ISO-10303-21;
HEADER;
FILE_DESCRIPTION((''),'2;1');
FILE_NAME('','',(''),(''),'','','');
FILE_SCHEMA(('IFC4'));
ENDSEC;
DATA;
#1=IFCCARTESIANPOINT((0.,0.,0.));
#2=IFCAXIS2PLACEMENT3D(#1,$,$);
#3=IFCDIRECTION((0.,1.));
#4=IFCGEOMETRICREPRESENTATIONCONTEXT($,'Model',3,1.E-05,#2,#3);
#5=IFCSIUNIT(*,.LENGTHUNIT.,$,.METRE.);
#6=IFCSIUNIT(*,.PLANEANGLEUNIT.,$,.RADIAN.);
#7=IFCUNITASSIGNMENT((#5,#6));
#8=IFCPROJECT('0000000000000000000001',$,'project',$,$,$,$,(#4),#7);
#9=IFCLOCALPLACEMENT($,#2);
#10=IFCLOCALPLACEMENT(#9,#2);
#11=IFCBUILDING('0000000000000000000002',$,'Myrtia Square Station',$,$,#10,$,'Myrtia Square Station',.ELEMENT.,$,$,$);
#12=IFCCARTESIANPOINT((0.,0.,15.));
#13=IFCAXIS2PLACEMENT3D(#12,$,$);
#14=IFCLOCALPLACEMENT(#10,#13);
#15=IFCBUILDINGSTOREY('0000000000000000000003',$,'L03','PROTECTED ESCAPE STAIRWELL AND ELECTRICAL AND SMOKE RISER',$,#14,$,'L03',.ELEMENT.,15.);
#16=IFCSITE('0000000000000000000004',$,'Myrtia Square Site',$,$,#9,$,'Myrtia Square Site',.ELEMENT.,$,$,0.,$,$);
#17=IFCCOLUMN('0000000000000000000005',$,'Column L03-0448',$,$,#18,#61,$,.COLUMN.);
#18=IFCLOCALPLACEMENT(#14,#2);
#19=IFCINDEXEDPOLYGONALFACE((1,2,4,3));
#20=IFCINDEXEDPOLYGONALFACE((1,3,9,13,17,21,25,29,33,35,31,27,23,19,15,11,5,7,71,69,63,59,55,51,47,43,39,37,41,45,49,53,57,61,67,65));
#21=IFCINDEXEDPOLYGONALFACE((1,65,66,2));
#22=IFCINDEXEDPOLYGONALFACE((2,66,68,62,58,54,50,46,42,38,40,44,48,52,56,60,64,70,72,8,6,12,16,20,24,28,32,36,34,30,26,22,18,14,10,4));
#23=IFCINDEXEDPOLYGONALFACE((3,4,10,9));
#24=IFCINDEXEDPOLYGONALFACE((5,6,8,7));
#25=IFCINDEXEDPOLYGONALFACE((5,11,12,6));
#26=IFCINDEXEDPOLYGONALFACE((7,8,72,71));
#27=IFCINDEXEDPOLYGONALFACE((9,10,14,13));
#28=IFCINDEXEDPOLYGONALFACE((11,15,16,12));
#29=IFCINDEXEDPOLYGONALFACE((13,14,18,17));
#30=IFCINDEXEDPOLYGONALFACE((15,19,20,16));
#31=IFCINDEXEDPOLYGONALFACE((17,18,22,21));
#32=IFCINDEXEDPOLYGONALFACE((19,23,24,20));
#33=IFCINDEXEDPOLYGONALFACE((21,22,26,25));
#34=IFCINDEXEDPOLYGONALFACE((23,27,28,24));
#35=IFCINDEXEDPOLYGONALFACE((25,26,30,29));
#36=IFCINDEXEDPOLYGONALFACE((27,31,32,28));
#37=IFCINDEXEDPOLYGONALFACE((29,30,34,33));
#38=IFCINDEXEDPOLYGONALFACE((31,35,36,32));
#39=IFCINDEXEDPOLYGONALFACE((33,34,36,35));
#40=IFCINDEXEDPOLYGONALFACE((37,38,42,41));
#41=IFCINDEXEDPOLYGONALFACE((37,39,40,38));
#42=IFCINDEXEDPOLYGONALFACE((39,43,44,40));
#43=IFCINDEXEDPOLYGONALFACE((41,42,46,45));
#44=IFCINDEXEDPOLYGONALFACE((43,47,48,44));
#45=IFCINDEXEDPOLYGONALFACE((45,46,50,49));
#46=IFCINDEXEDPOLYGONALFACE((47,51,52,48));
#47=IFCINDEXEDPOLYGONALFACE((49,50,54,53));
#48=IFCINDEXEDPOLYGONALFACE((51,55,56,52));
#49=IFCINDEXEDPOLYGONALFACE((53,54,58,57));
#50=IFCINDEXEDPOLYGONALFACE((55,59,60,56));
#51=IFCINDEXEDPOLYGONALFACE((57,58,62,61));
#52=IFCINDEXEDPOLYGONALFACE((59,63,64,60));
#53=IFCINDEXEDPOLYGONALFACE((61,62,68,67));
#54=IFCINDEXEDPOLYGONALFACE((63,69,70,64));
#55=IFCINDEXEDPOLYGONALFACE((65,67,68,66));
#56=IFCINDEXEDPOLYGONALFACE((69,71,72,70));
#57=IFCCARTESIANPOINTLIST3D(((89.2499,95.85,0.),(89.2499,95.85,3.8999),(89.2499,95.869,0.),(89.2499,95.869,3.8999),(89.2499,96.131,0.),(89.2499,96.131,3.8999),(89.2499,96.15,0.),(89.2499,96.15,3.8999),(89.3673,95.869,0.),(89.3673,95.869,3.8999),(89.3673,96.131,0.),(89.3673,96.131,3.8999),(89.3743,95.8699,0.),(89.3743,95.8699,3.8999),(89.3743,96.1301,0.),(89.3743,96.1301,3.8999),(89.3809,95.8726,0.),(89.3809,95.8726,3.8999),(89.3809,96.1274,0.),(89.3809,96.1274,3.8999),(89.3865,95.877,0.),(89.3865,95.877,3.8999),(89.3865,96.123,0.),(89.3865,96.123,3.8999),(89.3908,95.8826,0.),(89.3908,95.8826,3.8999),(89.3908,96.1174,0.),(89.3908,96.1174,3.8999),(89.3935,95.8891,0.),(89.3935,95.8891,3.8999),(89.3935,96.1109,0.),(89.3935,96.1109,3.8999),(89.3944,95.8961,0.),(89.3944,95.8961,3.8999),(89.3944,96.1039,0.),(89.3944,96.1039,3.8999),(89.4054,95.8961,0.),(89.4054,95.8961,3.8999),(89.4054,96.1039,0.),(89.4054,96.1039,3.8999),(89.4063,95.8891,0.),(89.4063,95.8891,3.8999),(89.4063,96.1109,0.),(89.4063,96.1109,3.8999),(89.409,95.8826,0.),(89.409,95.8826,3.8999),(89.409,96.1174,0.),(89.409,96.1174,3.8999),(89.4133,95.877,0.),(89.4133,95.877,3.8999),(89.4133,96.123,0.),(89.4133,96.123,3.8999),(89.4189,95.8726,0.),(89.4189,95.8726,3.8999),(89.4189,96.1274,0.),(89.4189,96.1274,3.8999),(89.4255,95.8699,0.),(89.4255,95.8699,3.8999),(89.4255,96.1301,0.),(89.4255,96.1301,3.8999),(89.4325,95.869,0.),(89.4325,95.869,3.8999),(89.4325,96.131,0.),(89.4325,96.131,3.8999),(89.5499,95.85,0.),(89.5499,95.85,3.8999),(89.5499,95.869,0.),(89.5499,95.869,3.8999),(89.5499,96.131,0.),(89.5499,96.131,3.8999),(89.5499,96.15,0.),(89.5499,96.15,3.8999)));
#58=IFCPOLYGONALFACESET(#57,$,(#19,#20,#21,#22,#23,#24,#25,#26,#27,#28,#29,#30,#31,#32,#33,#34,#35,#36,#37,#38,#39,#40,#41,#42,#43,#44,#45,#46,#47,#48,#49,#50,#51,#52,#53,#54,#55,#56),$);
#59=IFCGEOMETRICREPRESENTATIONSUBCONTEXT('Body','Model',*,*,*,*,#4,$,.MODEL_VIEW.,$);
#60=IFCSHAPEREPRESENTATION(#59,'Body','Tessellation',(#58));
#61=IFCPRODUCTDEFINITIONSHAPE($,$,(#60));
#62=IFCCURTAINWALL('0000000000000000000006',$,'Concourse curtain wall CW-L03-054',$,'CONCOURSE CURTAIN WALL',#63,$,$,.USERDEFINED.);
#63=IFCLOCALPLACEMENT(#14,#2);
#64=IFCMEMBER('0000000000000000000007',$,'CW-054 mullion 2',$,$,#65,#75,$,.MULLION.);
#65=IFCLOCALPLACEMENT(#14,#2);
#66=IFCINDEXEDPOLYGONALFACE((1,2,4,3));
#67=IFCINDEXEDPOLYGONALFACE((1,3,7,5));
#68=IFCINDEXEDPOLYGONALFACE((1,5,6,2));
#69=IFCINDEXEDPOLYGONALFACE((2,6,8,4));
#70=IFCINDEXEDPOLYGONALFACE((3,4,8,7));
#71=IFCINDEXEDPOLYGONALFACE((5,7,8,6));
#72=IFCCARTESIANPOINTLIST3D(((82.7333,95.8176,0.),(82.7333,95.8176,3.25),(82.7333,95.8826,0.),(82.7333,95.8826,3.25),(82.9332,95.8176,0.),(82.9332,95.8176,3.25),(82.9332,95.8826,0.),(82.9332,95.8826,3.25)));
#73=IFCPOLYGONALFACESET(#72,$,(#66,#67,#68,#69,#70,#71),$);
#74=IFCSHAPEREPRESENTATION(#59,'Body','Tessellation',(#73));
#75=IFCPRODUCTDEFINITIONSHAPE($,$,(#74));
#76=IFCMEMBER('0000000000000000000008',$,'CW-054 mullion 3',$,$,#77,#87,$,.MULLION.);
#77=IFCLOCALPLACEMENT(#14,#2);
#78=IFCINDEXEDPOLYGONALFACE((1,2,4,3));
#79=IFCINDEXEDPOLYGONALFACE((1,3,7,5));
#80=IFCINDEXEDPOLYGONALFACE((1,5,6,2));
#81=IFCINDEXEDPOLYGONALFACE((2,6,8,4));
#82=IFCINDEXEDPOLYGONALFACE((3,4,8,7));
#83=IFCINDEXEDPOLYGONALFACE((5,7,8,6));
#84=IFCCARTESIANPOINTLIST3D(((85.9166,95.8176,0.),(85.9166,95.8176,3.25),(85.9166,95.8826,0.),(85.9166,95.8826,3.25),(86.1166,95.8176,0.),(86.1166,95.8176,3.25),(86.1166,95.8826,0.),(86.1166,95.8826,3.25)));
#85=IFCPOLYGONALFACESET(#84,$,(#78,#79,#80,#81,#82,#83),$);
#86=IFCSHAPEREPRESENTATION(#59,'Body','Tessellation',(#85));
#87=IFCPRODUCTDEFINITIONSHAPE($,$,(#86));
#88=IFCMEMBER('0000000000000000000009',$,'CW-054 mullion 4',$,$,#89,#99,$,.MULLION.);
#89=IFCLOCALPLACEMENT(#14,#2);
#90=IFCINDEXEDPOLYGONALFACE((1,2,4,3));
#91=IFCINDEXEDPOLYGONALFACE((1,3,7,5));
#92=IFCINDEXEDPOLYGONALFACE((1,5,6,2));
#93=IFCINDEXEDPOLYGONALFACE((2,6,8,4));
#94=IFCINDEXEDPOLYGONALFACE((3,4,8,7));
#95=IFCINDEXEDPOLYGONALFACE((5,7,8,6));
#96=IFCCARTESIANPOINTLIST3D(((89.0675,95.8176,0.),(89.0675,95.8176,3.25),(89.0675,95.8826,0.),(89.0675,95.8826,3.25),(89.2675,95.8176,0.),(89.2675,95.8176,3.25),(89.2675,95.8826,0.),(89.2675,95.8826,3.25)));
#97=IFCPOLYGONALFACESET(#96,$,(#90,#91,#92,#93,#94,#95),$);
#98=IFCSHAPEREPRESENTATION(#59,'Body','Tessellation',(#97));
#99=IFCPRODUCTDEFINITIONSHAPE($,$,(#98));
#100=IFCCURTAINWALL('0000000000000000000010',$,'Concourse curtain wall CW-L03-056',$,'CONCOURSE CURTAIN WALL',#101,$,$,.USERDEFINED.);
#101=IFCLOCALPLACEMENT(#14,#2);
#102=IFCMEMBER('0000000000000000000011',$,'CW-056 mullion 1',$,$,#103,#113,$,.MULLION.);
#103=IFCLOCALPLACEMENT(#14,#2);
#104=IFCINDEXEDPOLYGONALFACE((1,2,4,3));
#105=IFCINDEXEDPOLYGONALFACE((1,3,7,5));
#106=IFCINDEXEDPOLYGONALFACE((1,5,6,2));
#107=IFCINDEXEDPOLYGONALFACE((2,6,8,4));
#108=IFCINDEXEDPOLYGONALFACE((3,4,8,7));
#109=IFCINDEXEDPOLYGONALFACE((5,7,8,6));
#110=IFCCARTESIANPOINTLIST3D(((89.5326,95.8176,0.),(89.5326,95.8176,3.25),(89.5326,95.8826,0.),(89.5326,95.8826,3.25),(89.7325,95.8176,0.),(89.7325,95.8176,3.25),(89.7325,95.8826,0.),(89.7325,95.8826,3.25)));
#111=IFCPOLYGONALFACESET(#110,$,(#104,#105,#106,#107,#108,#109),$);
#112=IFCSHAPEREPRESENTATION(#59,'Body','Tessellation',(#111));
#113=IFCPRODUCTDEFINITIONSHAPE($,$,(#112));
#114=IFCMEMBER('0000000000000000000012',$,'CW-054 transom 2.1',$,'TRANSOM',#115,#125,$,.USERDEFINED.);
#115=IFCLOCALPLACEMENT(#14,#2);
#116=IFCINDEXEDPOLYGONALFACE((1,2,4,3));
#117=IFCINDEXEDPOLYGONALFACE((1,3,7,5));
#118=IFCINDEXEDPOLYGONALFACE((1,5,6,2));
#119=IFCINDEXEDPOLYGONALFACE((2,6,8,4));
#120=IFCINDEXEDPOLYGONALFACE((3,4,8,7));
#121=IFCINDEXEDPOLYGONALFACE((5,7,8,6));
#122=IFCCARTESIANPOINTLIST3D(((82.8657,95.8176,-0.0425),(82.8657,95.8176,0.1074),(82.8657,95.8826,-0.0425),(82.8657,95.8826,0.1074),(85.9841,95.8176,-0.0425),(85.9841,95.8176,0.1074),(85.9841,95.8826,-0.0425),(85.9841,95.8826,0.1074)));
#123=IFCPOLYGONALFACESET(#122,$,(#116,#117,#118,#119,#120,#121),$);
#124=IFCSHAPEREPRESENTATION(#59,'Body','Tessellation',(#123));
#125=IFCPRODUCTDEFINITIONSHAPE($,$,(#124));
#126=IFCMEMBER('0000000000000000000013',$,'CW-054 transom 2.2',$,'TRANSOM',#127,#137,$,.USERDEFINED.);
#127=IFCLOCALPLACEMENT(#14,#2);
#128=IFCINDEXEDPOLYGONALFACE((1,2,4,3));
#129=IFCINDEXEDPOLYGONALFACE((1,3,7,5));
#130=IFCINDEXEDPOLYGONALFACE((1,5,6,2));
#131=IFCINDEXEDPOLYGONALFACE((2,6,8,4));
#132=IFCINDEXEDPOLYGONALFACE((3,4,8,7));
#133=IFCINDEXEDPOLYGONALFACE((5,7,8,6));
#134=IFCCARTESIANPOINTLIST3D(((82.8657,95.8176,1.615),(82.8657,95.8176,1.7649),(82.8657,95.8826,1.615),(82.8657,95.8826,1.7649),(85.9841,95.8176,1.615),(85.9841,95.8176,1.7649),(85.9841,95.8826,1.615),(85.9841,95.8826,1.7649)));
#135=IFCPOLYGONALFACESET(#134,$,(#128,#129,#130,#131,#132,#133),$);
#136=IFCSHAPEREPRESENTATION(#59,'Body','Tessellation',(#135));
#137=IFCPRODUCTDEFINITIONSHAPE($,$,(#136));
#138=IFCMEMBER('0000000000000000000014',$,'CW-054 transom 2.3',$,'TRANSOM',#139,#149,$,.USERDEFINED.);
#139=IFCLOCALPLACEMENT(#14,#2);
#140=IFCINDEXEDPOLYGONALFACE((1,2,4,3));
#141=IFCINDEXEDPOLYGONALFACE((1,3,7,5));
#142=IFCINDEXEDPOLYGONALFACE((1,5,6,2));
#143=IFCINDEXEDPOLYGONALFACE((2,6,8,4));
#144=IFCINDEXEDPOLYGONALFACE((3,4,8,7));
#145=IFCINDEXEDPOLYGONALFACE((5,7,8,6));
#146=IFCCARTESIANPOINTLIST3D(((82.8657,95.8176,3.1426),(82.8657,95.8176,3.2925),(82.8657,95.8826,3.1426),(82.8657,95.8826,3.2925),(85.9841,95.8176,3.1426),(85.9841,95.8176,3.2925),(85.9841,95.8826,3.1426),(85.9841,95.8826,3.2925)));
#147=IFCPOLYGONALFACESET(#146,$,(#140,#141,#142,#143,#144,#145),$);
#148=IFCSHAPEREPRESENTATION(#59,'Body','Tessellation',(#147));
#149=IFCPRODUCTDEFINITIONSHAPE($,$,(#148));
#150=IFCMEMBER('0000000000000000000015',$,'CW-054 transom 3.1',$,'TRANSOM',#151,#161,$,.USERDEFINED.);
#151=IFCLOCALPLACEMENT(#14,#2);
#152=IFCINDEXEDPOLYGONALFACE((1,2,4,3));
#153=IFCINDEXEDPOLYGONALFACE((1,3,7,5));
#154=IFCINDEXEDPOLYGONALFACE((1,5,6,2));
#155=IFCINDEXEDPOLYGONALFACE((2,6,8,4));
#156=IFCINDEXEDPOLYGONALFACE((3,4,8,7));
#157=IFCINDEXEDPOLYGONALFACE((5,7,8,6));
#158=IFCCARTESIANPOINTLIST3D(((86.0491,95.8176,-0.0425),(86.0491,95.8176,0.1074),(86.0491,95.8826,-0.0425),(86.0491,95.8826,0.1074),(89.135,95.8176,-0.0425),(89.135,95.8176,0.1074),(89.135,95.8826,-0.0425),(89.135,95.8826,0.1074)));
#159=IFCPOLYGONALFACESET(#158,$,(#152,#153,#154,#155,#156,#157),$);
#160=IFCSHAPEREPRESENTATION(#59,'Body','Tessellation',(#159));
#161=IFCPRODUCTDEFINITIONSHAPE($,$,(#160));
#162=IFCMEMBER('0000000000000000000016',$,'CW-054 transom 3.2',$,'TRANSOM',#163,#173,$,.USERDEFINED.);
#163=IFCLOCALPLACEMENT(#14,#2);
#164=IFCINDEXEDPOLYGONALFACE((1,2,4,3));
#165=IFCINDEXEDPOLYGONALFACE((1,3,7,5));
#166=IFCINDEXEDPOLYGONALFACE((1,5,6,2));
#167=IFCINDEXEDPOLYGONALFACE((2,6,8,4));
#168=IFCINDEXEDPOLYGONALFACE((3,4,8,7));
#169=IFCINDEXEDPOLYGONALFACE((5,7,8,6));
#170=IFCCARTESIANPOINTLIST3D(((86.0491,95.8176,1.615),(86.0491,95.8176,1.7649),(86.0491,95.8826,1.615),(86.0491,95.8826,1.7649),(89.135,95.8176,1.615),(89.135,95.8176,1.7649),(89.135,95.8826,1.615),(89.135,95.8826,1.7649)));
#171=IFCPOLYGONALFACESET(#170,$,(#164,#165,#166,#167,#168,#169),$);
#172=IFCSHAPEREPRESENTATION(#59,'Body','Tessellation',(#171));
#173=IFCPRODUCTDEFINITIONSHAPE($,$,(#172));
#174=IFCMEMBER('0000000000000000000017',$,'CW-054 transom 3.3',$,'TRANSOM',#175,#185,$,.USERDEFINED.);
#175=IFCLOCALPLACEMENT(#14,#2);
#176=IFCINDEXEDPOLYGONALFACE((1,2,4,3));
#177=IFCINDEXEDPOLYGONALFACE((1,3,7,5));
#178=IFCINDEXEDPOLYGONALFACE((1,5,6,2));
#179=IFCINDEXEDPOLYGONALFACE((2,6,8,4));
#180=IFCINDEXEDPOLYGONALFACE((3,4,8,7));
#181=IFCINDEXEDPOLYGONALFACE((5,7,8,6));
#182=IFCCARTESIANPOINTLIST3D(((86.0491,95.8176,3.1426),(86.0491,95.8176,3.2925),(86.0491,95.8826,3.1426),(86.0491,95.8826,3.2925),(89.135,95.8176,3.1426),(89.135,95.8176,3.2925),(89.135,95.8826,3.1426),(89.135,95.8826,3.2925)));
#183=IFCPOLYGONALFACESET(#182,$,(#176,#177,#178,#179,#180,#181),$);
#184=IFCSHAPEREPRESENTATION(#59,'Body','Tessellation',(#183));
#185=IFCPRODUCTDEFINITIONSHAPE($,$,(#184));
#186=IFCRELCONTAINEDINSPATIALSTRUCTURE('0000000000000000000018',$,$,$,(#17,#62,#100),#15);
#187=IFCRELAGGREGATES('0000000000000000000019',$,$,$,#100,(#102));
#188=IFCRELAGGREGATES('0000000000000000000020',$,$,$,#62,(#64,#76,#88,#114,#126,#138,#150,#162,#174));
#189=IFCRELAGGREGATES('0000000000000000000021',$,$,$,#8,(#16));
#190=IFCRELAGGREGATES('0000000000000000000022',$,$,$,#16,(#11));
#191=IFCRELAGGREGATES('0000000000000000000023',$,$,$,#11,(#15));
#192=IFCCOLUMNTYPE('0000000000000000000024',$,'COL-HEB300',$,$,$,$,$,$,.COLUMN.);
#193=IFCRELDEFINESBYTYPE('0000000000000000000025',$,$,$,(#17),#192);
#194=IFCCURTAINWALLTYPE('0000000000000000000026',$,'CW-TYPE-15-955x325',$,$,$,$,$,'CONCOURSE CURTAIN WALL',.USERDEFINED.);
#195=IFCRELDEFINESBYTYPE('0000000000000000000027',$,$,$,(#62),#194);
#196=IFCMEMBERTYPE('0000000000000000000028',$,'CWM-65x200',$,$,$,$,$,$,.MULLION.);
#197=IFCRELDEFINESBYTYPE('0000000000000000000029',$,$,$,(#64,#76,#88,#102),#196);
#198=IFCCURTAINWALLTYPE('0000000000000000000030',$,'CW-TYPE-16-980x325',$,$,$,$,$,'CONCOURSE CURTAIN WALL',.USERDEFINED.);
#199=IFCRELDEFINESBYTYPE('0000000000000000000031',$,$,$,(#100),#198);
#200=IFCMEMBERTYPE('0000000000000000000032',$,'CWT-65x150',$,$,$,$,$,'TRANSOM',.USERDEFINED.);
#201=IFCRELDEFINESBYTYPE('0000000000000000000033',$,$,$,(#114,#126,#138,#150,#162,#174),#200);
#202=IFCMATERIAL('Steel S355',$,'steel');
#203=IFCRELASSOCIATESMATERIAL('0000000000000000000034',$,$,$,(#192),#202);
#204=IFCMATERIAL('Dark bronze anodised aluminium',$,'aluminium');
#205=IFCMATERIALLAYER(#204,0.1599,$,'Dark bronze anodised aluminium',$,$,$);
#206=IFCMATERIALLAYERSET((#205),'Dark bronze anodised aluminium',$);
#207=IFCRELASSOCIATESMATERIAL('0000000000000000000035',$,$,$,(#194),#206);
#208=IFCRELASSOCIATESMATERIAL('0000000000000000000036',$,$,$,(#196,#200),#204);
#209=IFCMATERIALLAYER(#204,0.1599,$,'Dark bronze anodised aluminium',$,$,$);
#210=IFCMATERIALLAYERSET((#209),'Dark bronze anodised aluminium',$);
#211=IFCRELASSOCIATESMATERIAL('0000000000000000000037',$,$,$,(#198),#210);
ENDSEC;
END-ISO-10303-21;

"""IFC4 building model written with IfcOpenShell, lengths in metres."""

from ifc_helpers import new_model, si_unit, direction, frame, origin, origin_2d, place, context, subcontext, project, spatial, rectangle, i_section, extrude, material, layer, layer_set, material_profile, profile_set, type_object, element, aggregate, save


model = new_model("IFC4")

# Units and contexts
model_context = context("Model", 3, precision=1e-05, world=origin(), true_north=direction((0.0, 1.0)))
body_context = subcontext(model_context, "Body", "Model", "MODEL_VIEW")
ifc_project = project(units=[si_unit("LENGTHUNIT", "METRE"), si_unit("PLANEANGLEUNIT", "RADIAN")], contexts=[model_context])

# Site, building, storey
site_placement = place(None, origin())
site = spatial("IfcSite", under=ifc_project, at=site_placement, Name="Myrtia Square Site", LongName="Myrtia Square Site", CompositionType="ELEMENT", RefElevation=0.0)
building_placement = place(site_placement, origin())
building = spatial("IfcBuilding", under=site, at=building_placement, Name="Myrtia Square Station", LongName="Myrtia Square Station", CompositionType="ELEMENT")
storey_placement = place(building_placement, frame((0.0, 0.0, 15.0)))
storey = spatial("IfcBuildingStorey", under=building, at=storey_placement, Name="L03", Description="PROTECTED ESCAPE STAIRWELL AND ELECTRICAL AND SMOKE RISER", LongName="L03", CompositionType="ELEMENT", Elevation=15.0)

# Column
ifc_material_1 = material(Name="Steel S355", Category="steel")
ifc_material_profile_1 = material_profile(ifc_material_1, i_section(OverallWidth=0.3, OverallDepth=0.3, WebThickness=0.011, FlangeThickness=0.019, FilletRadius=0.0271, at=origin_2d()), Name="HEB 300")
ifc_profile_set_1 = profile_set([ifc_material_profile_1], Name="Steel S355")
column_type = type_object("IfcColumnType", Name="COL-HEB300", PredefinedType="COLUMN", material=ifc_profile_set_1)
column_placement = place(storey_placement, frame((89.3999, 96.0, 0.0), z_axis=(0.0, 0.0, 1.0), x_axis=(1.0, 0.0, 0.0)))
element("IfcColumn", 1, at=column_placement, inside=storey, type_object=column_type, Name="Column L03-0448", PredefinedType="COLUMN", context=body_context, shape_type="SweptSolid", body=[
    extrude(i_section(OverallWidth=0.3, OverallDepth=0.3, WebThickness=0.011, FlangeThickness=0.019, FilletRadius=0.0271, at=origin_2d()), origin(), (0.0, 0.0, 1.0), 3.8999),
])

# Curtain wall, members
ifc_material_2 = material(Name="Dark bronze anodised aluminium", Category="aluminium")
ifc_layer_1 = layer(ifc_material_2, 0.1599, Name="Dark bronze anodised aluminium")
ifc_layer_set_1 = layer_set([ifc_layer_1], Name="Dark bronze anodised aluminium")
curtain_wall_type_1 = type_object("IfcCurtainWallType", Name="CW-TYPE-15-955x325", ElementType="CONCOURSE CURTAIN WALL", PredefinedType="USERDEFINED", material=ifc_layer_set_1)
curtain_wall_1_placement = place(storey_placement, origin())
curtain_wall_1 = element("IfcCurtainWall", 2, at=curtain_wall_1_placement, inside=storey, type_object=curtain_wall_type_1, Name="Concourse curtain wall CW-L03-054", ObjectType="CONCOURSE CURTAIN WALL", PredefinedType="USERDEFINED")
ifc_material_profile_2 = material_profile(ifc_material_2, rectangle(XDim=0.0649, YDim=0.2, at=origin_2d()), Name="ALU-M 65x200")
ifc_profile_set_2 = profile_set([ifc_material_profile_2], Name="Dark bronze anodised aluminium")
member_type_1 = type_object("IfcMemberType", Name="CWM-65x200", PredefinedType="MULLION", material=ifc_profile_set_2)
member_1_placement = place(storey_placement, frame((82.8333, 95.8501, 0.0), z_axis=(0.0, 0.0, 1.0), x_axis=(0.0, 1.0, 0.0)))
member_1 = element("IfcMember", 3, at=member_1_placement, type_object=member_type_1, Name="CW-054 mullion 2", PredefinedType="MULLION", context=body_context, shape_type="SweptSolid", body=[
    extrude(rectangle(XDim=0.0649, YDim=0.2, at=origin_2d()), origin(), (0.0, 0.0, 1.0), 3.25),
])
member_2_placement = place(storey_placement, frame((86.0166, 95.8501, 0.0), z_axis=(0.0, 0.0, 1.0), x_axis=(0.0, 1.0, 0.0)))
member_2 = element("IfcMember", 4, at=member_2_placement, type_object=member_type_1, Name="CW-054 mullion 3", PredefinedType="MULLION", context=body_context, shape_type="SweptSolid", body=[
    extrude(rectangle(XDim=0.0649, YDim=0.2, at=origin_2d()), origin(), (0.0, 0.0, 1.0), 3.25),
])
member_3_placement = place(storey_placement, frame((89.1675, 95.8501, 0.0), z_axis=(0.0, 0.0, 1.0), x_axis=(0.0, 1.0, 0.0)))
member_3 = element("IfcMember", 5, at=member_3_placement, type_object=member_type_1, Name="CW-054 mullion 4", PredefinedType="MULLION", context=body_context, shape_type="SweptSolid", body=[
    extrude(rectangle(XDim=0.0649, YDim=0.2, at=origin_2d()), origin(), (0.0, 0.0, 1.0), 3.25),
])

# Curtain wall, member
ifc_layer_2 = layer(ifc_material_2, 0.1599, Name="Dark bronze anodised aluminium")
ifc_layer_set_2 = layer_set([ifc_layer_2], Name="Dark bronze anodised aluminium")
curtain_wall_type_2 = type_object("IfcCurtainWallType", Name="CW-TYPE-16-980x325", ElementType="CONCOURSE CURTAIN WALL", PredefinedType="USERDEFINED", material=ifc_layer_set_2)
curtain_wall_2_placement = place(storey_placement, origin())
curtain_wall_2 = element("IfcCurtainWall", 6, at=curtain_wall_2_placement, inside=storey, type_object=curtain_wall_type_2, Name="Concourse curtain wall CW-L03-056", ObjectType="CONCOURSE CURTAIN WALL", PredefinedType="USERDEFINED")
member_4_placement = place(storey_placement, frame((89.6326, 95.8501, 0.0), z_axis=(0.0, 0.0, 1.0), x_axis=(0.0, 1.0, 0.0)))
member_4 = element("IfcMember", 7, at=member_4_placement, type_object=member_type_1, Name="CW-056 mullion 1", PredefinedType="MULLION", context=body_context, shape_type="SweptSolid", body=[
    extrude(rectangle(XDim=0.0649, YDim=0.2, at=origin_2d()), origin(), (0.0, 0.0, 1.0), 3.25),
])
aggregate(curtain_wall_2, [member_4])

# Members
ifc_material_profile_3 = material_profile(ifc_material_2, rectangle(XDim=0.0649, YDim=0.1499, at=origin_2d()), Name="ALU-T 65x150")
ifc_profile_set_3 = profile_set([ifc_material_profile_3], Name="Dark bronze anodised aluminium")
member_type_2 = type_object("IfcMemberType", Name="CWT-65x150", ElementType="TRANSOM", PredefinedType="USERDEFINED", material=ifc_profile_set_3)
member_5_placement = place(storey_placement, frame((82.8657, 95.8501, 0.0325), z_axis=(1.0, 0.0, 0.0), x_axis=(0.0, 1.0, 0.0)))
member_5 = element("IfcMember", 8, at=member_5_placement, type_object=member_type_2, Name="CW-054 transom 2.1", ObjectType="TRANSOM", PredefinedType="USERDEFINED", context=body_context, shape_type="SweptSolid", body=[
    extrude(rectangle(XDim=0.0649, YDim=0.1499, at=origin_2d()), origin(), (0.0, 0.0, 1.0), 3.1184),
])
member_6_placement = place(storey_placement, frame((82.8657, 95.8501, 1.6899), z_axis=(1.0, 0.0, 0.0), x_axis=(0.0, 1.0, 0.0)))
member_6 = element("IfcMember", 9, at=member_6_placement, type_object=member_type_2, Name="CW-054 transom 2.2", ObjectType="TRANSOM", PredefinedType="USERDEFINED", context=body_context, shape_type="SweptSolid", body=[
    extrude(rectangle(XDim=0.0649, YDim=0.1499, at=origin_2d()), origin(), (0.0, 0.0, 1.0), 3.1184),
])
member_7_placement = place(storey_placement, frame((82.8657, 95.8501, 3.2175), z_axis=(1.0, 0.0, 0.0), x_axis=(0.0, 1.0, 0.0)))
member_7 = element("IfcMember", 10, at=member_7_placement, type_object=member_type_2, Name="CW-054 transom 2.3", ObjectType="TRANSOM", PredefinedType="USERDEFINED", context=body_context, shape_type="SweptSolid", body=[
    extrude(rectangle(XDim=0.0649, YDim=0.1499, at=origin_2d()), origin(), (0.0, 0.0, 1.0), 3.1184),
])
member_8_placement = place(storey_placement, frame((86.0491, 95.8501, 0.0325), z_axis=(1.0, 0.0, 0.0), x_axis=(0.0, 1.0, 0.0)))
member_8 = element("IfcMember", 11, at=member_8_placement, type_object=member_type_2, Name="CW-054 transom 3.1", ObjectType="TRANSOM", PredefinedType="USERDEFINED", context=body_context, shape_type="SweptSolid", body=[
    extrude(rectangle(XDim=0.0649, YDim=0.1499, at=origin_2d()), origin(), (0.0, 0.0, 1.0), 3.0859),
])
member_9_placement = place(storey_placement, frame((86.0491, 95.8501, 1.6899), z_axis=(1.0, 0.0, 0.0), x_axis=(0.0, 1.0, 0.0)))
member_9 = element("IfcMember", 12, at=member_9_placement, type_object=member_type_2, Name="CW-054 transom 3.2", ObjectType="TRANSOM", PredefinedType="USERDEFINED", context=body_context, shape_type="SweptSolid", body=[
    extrude(rectangle(XDim=0.0649, YDim=0.1499, at=origin_2d()), origin(), (0.0, 0.0, 1.0), 3.0859),
])
member_10_placement = place(storey_placement, frame((86.0491, 95.8501, 3.2175), z_axis=(1.0, 0.0, 0.0), x_axis=(0.0, 1.0, 0.0)))
member_10 = element("IfcMember", 13, at=member_10_placement, type_object=member_type_2, Name="CW-054 transom 3.3", ObjectType="TRANSOM", PredefinedType="USERDEFINED", context=body_context, shape_type="SweptSolid", body=[
    extrude(rectangle(XDim=0.0649, YDim=0.1499, at=origin_2d()), origin(), (0.0, 0.0, 1.0), 3.0859),
])

aggregate(curtain_wall_1, [member_1, member_2, member_3, member_5, member_6, member_7, member_8, member_9, member_10])

save(model, "model.ifc")
